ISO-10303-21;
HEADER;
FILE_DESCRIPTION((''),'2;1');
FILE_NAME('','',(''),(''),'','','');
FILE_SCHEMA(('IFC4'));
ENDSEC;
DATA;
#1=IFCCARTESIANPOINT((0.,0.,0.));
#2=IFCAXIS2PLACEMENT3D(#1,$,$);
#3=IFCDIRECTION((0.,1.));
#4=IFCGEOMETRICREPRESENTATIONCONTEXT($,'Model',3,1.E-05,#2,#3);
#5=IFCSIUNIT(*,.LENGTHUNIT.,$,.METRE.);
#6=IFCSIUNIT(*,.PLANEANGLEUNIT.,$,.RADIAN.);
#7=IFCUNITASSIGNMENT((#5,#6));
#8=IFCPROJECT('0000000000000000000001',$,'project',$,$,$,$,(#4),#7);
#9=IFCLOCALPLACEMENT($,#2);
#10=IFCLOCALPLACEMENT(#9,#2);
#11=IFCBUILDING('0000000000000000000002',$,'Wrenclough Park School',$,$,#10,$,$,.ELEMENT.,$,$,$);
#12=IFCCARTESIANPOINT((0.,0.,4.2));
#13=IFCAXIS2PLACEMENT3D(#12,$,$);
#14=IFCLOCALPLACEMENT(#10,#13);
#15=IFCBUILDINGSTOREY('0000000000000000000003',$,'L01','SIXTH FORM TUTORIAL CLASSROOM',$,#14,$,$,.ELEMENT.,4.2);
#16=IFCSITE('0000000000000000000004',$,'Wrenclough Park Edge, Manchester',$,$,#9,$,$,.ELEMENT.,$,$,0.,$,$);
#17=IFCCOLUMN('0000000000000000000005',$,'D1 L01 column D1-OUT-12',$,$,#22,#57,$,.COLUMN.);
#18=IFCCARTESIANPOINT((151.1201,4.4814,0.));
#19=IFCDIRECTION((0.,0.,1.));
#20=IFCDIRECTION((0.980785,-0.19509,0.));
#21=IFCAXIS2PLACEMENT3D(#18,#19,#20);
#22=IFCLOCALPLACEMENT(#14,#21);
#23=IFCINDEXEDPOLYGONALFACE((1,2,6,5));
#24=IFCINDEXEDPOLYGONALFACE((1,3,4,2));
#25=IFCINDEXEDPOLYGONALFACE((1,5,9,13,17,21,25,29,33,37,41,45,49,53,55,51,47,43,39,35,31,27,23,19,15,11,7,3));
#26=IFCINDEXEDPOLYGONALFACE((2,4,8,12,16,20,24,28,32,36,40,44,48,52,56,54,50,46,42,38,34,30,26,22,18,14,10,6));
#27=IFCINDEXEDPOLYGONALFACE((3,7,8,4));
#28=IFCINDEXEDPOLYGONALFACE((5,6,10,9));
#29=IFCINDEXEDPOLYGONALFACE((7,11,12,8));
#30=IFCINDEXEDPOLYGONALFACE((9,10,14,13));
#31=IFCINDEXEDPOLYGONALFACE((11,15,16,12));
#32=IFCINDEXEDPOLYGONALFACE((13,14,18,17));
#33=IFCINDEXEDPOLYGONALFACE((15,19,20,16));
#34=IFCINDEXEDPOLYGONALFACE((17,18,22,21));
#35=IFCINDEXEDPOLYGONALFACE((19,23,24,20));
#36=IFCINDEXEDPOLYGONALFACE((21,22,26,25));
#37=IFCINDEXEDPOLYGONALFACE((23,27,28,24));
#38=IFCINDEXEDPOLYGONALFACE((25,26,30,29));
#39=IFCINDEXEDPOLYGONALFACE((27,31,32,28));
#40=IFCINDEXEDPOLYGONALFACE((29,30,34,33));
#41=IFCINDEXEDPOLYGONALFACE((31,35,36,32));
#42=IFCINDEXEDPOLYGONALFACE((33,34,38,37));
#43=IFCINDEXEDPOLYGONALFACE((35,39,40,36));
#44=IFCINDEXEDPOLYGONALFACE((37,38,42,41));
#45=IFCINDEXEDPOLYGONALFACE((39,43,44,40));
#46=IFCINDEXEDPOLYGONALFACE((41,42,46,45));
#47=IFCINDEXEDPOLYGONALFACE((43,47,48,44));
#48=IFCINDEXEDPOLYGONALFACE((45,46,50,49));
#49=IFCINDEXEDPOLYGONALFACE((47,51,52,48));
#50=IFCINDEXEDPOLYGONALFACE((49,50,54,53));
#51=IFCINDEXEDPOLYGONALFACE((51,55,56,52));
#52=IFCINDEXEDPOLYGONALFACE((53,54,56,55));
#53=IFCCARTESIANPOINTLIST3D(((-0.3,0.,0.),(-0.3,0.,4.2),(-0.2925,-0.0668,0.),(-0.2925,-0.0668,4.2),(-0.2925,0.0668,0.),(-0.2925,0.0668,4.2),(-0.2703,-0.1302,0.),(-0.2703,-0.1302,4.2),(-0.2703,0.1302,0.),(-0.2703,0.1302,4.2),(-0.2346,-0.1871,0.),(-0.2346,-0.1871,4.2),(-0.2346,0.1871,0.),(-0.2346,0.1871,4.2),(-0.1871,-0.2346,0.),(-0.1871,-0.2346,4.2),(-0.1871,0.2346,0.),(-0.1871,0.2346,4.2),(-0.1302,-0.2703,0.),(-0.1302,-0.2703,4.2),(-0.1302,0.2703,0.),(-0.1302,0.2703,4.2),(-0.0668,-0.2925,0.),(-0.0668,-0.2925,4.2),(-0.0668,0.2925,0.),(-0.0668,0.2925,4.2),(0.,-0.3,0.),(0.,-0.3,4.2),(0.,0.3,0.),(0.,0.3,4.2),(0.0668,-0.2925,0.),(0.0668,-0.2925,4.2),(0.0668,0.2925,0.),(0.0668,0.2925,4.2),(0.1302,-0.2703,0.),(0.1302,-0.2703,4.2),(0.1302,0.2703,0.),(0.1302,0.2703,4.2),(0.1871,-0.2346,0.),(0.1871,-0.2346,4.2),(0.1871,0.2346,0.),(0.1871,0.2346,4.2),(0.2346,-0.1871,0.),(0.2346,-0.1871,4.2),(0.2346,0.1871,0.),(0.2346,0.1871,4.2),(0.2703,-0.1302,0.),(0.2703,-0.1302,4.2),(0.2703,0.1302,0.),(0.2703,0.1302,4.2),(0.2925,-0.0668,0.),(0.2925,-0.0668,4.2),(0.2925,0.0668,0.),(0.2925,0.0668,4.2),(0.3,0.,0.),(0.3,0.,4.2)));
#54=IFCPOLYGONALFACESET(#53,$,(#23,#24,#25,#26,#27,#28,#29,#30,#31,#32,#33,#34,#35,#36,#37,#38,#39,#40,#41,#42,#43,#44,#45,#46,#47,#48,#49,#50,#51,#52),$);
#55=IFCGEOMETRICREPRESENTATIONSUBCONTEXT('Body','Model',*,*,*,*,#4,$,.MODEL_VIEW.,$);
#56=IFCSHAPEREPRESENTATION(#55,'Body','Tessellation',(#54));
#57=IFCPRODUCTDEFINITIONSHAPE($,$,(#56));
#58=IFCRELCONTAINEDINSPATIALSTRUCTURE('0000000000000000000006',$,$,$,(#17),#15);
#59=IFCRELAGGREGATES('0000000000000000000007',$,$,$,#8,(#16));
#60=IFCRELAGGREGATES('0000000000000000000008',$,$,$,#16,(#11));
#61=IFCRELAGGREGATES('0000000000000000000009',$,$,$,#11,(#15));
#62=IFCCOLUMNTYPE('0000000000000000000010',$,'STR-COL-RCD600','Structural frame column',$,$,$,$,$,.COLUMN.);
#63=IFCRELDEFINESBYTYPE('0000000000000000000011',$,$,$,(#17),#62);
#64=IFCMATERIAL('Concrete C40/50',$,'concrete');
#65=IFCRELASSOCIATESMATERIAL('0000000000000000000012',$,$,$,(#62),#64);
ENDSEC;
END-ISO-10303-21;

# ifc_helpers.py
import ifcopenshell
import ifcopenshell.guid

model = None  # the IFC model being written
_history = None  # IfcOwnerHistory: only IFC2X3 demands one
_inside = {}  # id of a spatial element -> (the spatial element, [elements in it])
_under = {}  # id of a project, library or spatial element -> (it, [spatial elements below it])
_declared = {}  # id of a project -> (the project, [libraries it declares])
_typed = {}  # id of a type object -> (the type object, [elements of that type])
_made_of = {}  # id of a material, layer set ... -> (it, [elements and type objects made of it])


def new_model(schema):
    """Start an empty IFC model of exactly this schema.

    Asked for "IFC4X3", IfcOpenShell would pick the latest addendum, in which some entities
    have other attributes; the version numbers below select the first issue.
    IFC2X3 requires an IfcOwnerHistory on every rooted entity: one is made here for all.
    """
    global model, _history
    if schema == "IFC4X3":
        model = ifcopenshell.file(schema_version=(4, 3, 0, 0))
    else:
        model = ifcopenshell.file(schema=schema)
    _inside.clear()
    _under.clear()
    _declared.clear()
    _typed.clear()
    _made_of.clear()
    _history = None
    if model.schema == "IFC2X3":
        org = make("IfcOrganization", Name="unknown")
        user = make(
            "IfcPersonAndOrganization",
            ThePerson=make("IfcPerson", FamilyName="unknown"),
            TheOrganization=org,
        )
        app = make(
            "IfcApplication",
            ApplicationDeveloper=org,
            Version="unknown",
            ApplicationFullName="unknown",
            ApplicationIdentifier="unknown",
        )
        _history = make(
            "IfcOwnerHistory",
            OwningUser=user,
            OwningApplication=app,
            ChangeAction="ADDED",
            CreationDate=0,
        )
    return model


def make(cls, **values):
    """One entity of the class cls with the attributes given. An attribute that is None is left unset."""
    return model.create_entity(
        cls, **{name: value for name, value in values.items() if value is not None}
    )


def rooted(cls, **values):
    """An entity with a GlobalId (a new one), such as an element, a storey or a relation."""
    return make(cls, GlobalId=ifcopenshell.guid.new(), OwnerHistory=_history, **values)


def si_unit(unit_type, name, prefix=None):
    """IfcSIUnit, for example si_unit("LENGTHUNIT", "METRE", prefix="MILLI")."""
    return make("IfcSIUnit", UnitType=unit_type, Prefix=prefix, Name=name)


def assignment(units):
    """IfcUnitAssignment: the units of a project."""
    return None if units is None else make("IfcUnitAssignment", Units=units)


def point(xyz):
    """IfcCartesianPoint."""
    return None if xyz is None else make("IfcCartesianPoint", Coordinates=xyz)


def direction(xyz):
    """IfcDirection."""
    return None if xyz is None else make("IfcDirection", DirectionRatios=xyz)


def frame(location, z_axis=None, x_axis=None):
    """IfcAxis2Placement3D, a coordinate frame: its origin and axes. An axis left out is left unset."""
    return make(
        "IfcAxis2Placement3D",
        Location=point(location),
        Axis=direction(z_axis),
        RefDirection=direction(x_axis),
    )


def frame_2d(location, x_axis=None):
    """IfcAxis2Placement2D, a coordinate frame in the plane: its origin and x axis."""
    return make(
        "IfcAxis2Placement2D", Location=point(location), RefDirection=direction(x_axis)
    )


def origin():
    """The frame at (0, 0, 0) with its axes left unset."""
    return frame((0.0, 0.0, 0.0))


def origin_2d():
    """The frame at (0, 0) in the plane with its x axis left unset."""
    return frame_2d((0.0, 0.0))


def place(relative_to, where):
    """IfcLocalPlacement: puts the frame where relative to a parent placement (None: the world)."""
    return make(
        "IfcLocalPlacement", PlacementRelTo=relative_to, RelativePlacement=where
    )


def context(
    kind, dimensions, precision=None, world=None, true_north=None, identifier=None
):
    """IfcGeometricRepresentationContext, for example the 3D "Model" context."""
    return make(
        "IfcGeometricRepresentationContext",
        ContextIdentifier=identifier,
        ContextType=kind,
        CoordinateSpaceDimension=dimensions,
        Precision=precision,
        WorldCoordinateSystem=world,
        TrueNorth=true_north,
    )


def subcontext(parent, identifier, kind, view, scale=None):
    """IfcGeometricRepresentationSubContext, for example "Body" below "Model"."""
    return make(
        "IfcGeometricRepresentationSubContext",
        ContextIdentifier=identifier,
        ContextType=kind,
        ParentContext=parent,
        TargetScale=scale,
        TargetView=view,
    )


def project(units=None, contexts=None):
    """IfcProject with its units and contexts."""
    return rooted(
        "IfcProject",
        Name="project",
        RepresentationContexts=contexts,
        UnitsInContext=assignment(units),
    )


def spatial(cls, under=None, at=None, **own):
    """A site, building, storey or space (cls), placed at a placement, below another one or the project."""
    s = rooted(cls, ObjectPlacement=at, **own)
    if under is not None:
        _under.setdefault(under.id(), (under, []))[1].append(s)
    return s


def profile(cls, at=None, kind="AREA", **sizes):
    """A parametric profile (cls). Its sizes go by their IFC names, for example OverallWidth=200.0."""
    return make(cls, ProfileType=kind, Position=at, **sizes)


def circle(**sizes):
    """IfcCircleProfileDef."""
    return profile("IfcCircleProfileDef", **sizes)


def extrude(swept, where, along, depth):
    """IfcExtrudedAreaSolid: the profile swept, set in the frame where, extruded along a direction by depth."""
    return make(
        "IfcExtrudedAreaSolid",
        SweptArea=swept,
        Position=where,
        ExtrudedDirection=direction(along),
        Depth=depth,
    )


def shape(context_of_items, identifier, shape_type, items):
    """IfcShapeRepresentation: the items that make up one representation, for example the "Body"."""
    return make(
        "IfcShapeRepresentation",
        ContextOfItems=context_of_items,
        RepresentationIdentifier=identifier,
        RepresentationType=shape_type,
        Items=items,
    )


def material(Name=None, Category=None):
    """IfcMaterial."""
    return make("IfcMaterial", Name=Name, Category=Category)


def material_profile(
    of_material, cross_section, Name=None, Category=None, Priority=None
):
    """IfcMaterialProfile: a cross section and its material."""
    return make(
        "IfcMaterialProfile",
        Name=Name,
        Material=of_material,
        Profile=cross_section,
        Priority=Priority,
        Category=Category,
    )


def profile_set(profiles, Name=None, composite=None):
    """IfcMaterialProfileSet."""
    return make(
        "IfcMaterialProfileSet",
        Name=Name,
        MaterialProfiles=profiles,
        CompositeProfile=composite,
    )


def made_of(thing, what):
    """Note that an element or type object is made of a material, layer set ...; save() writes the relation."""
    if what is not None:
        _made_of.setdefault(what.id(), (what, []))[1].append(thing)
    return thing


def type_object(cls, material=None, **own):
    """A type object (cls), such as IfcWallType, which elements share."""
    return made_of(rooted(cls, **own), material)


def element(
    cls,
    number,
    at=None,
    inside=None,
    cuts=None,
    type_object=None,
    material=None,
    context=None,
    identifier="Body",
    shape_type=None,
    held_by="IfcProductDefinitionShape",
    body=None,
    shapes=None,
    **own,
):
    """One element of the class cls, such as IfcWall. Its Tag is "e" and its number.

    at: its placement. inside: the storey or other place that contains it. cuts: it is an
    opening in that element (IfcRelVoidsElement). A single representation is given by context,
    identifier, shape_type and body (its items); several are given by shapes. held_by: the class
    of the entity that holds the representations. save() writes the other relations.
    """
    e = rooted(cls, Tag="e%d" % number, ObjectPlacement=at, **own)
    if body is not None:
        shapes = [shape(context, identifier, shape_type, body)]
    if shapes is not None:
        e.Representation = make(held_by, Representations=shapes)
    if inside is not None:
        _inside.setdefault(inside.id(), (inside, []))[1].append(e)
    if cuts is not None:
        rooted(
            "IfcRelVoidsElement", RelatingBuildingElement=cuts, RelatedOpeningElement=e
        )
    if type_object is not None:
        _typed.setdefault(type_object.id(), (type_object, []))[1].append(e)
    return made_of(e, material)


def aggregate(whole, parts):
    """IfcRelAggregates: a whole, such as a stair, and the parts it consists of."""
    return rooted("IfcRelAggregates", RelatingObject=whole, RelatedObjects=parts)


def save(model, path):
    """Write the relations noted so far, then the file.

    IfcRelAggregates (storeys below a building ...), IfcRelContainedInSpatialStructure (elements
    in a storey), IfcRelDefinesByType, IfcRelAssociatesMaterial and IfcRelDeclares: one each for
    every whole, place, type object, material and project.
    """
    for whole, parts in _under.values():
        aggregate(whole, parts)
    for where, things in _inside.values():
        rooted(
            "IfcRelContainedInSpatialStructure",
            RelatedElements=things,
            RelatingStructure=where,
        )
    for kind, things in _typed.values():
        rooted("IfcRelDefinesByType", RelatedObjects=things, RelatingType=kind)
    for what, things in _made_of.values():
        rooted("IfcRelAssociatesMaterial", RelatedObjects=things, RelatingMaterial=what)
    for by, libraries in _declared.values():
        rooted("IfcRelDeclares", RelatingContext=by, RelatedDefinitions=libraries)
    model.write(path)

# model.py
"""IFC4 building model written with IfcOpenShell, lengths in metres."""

from ifc_helpers import new_model, si_unit, direction, frame, origin, origin_2d, place, context, subcontext, project, spatial, circle, extrude, material, material_profile, profile_set, type_object, element, save


model = new_model("IFC4")

# Units and contexts
model_context = context("Model", 3, precision=1e-05, world=origin(), true_north=direction((0.0, 1.0)))
body_context = subcontext(model_context, "Body", "Model", "MODEL_VIEW")
ifc_project = project(units=[si_unit("LENGTHUNIT", "METRE"), si_unit("PLANEANGLEUNIT", "RADIAN")], contexts=[model_context])

# Site, building, storey
site_placement = place(None, origin())
site = spatial("IfcSite", under=ifc_project, at=site_placement, Name="Wrenclough Park Edge, Manchester", CompositionType="ELEMENT", RefElevation=0.0)
building_placement = place(site_placement, origin())
building = spatial("IfcBuilding", under=site, at=building_placement, Name="Wrenclough Park School", CompositionType="ELEMENT")
storey_placement = place(building_placement, frame((0.0, 0.0, 4.2)))
storey = spatial("IfcBuildingStorey", under=building, at=storey_placement, Name="L01", Description="SIXTH FORM TUTORIAL CLASSROOM", CompositionType="ELEMENT", Elevation=4.2)

# Column
ifc_material_1 = material(Name="Concrete C40/50", Category="concrete")
ifc_material_profile_1 = material_profile(ifc_material_1, circle(Radius=0.3, at=origin_2d()), Name="RC COL D600")
ifc_profile_set_1 = profile_set([ifc_material_profile_1], Name="Concrete C40/50")
column_type = type_object("IfcColumnType", Name="STR-COL-RCD600", Description="Structural frame column", PredefinedType="COLUMN", material=ifc_profile_set_1)
column_placement = place(storey_placement, frame((151.1201, 4.4814, 0.0), z_axis=(0.0, 0.0, 1.0), x_axis=(0.980785, -0.19509, 0.0)))
element("IfcColumn", 1, at=column_placement, inside=storey, type_object=column_type, Name="D1 L01 column D1-OUT-12", PredefinedType="COLUMN", context=body_context, shape_type="SweptSolid", body=[
    extrude(circle(Radius=0.3, at=origin_2d()), origin(), (0.0, 0.0, 1.0), 4.2),
])

save(model, "model.ifc")
